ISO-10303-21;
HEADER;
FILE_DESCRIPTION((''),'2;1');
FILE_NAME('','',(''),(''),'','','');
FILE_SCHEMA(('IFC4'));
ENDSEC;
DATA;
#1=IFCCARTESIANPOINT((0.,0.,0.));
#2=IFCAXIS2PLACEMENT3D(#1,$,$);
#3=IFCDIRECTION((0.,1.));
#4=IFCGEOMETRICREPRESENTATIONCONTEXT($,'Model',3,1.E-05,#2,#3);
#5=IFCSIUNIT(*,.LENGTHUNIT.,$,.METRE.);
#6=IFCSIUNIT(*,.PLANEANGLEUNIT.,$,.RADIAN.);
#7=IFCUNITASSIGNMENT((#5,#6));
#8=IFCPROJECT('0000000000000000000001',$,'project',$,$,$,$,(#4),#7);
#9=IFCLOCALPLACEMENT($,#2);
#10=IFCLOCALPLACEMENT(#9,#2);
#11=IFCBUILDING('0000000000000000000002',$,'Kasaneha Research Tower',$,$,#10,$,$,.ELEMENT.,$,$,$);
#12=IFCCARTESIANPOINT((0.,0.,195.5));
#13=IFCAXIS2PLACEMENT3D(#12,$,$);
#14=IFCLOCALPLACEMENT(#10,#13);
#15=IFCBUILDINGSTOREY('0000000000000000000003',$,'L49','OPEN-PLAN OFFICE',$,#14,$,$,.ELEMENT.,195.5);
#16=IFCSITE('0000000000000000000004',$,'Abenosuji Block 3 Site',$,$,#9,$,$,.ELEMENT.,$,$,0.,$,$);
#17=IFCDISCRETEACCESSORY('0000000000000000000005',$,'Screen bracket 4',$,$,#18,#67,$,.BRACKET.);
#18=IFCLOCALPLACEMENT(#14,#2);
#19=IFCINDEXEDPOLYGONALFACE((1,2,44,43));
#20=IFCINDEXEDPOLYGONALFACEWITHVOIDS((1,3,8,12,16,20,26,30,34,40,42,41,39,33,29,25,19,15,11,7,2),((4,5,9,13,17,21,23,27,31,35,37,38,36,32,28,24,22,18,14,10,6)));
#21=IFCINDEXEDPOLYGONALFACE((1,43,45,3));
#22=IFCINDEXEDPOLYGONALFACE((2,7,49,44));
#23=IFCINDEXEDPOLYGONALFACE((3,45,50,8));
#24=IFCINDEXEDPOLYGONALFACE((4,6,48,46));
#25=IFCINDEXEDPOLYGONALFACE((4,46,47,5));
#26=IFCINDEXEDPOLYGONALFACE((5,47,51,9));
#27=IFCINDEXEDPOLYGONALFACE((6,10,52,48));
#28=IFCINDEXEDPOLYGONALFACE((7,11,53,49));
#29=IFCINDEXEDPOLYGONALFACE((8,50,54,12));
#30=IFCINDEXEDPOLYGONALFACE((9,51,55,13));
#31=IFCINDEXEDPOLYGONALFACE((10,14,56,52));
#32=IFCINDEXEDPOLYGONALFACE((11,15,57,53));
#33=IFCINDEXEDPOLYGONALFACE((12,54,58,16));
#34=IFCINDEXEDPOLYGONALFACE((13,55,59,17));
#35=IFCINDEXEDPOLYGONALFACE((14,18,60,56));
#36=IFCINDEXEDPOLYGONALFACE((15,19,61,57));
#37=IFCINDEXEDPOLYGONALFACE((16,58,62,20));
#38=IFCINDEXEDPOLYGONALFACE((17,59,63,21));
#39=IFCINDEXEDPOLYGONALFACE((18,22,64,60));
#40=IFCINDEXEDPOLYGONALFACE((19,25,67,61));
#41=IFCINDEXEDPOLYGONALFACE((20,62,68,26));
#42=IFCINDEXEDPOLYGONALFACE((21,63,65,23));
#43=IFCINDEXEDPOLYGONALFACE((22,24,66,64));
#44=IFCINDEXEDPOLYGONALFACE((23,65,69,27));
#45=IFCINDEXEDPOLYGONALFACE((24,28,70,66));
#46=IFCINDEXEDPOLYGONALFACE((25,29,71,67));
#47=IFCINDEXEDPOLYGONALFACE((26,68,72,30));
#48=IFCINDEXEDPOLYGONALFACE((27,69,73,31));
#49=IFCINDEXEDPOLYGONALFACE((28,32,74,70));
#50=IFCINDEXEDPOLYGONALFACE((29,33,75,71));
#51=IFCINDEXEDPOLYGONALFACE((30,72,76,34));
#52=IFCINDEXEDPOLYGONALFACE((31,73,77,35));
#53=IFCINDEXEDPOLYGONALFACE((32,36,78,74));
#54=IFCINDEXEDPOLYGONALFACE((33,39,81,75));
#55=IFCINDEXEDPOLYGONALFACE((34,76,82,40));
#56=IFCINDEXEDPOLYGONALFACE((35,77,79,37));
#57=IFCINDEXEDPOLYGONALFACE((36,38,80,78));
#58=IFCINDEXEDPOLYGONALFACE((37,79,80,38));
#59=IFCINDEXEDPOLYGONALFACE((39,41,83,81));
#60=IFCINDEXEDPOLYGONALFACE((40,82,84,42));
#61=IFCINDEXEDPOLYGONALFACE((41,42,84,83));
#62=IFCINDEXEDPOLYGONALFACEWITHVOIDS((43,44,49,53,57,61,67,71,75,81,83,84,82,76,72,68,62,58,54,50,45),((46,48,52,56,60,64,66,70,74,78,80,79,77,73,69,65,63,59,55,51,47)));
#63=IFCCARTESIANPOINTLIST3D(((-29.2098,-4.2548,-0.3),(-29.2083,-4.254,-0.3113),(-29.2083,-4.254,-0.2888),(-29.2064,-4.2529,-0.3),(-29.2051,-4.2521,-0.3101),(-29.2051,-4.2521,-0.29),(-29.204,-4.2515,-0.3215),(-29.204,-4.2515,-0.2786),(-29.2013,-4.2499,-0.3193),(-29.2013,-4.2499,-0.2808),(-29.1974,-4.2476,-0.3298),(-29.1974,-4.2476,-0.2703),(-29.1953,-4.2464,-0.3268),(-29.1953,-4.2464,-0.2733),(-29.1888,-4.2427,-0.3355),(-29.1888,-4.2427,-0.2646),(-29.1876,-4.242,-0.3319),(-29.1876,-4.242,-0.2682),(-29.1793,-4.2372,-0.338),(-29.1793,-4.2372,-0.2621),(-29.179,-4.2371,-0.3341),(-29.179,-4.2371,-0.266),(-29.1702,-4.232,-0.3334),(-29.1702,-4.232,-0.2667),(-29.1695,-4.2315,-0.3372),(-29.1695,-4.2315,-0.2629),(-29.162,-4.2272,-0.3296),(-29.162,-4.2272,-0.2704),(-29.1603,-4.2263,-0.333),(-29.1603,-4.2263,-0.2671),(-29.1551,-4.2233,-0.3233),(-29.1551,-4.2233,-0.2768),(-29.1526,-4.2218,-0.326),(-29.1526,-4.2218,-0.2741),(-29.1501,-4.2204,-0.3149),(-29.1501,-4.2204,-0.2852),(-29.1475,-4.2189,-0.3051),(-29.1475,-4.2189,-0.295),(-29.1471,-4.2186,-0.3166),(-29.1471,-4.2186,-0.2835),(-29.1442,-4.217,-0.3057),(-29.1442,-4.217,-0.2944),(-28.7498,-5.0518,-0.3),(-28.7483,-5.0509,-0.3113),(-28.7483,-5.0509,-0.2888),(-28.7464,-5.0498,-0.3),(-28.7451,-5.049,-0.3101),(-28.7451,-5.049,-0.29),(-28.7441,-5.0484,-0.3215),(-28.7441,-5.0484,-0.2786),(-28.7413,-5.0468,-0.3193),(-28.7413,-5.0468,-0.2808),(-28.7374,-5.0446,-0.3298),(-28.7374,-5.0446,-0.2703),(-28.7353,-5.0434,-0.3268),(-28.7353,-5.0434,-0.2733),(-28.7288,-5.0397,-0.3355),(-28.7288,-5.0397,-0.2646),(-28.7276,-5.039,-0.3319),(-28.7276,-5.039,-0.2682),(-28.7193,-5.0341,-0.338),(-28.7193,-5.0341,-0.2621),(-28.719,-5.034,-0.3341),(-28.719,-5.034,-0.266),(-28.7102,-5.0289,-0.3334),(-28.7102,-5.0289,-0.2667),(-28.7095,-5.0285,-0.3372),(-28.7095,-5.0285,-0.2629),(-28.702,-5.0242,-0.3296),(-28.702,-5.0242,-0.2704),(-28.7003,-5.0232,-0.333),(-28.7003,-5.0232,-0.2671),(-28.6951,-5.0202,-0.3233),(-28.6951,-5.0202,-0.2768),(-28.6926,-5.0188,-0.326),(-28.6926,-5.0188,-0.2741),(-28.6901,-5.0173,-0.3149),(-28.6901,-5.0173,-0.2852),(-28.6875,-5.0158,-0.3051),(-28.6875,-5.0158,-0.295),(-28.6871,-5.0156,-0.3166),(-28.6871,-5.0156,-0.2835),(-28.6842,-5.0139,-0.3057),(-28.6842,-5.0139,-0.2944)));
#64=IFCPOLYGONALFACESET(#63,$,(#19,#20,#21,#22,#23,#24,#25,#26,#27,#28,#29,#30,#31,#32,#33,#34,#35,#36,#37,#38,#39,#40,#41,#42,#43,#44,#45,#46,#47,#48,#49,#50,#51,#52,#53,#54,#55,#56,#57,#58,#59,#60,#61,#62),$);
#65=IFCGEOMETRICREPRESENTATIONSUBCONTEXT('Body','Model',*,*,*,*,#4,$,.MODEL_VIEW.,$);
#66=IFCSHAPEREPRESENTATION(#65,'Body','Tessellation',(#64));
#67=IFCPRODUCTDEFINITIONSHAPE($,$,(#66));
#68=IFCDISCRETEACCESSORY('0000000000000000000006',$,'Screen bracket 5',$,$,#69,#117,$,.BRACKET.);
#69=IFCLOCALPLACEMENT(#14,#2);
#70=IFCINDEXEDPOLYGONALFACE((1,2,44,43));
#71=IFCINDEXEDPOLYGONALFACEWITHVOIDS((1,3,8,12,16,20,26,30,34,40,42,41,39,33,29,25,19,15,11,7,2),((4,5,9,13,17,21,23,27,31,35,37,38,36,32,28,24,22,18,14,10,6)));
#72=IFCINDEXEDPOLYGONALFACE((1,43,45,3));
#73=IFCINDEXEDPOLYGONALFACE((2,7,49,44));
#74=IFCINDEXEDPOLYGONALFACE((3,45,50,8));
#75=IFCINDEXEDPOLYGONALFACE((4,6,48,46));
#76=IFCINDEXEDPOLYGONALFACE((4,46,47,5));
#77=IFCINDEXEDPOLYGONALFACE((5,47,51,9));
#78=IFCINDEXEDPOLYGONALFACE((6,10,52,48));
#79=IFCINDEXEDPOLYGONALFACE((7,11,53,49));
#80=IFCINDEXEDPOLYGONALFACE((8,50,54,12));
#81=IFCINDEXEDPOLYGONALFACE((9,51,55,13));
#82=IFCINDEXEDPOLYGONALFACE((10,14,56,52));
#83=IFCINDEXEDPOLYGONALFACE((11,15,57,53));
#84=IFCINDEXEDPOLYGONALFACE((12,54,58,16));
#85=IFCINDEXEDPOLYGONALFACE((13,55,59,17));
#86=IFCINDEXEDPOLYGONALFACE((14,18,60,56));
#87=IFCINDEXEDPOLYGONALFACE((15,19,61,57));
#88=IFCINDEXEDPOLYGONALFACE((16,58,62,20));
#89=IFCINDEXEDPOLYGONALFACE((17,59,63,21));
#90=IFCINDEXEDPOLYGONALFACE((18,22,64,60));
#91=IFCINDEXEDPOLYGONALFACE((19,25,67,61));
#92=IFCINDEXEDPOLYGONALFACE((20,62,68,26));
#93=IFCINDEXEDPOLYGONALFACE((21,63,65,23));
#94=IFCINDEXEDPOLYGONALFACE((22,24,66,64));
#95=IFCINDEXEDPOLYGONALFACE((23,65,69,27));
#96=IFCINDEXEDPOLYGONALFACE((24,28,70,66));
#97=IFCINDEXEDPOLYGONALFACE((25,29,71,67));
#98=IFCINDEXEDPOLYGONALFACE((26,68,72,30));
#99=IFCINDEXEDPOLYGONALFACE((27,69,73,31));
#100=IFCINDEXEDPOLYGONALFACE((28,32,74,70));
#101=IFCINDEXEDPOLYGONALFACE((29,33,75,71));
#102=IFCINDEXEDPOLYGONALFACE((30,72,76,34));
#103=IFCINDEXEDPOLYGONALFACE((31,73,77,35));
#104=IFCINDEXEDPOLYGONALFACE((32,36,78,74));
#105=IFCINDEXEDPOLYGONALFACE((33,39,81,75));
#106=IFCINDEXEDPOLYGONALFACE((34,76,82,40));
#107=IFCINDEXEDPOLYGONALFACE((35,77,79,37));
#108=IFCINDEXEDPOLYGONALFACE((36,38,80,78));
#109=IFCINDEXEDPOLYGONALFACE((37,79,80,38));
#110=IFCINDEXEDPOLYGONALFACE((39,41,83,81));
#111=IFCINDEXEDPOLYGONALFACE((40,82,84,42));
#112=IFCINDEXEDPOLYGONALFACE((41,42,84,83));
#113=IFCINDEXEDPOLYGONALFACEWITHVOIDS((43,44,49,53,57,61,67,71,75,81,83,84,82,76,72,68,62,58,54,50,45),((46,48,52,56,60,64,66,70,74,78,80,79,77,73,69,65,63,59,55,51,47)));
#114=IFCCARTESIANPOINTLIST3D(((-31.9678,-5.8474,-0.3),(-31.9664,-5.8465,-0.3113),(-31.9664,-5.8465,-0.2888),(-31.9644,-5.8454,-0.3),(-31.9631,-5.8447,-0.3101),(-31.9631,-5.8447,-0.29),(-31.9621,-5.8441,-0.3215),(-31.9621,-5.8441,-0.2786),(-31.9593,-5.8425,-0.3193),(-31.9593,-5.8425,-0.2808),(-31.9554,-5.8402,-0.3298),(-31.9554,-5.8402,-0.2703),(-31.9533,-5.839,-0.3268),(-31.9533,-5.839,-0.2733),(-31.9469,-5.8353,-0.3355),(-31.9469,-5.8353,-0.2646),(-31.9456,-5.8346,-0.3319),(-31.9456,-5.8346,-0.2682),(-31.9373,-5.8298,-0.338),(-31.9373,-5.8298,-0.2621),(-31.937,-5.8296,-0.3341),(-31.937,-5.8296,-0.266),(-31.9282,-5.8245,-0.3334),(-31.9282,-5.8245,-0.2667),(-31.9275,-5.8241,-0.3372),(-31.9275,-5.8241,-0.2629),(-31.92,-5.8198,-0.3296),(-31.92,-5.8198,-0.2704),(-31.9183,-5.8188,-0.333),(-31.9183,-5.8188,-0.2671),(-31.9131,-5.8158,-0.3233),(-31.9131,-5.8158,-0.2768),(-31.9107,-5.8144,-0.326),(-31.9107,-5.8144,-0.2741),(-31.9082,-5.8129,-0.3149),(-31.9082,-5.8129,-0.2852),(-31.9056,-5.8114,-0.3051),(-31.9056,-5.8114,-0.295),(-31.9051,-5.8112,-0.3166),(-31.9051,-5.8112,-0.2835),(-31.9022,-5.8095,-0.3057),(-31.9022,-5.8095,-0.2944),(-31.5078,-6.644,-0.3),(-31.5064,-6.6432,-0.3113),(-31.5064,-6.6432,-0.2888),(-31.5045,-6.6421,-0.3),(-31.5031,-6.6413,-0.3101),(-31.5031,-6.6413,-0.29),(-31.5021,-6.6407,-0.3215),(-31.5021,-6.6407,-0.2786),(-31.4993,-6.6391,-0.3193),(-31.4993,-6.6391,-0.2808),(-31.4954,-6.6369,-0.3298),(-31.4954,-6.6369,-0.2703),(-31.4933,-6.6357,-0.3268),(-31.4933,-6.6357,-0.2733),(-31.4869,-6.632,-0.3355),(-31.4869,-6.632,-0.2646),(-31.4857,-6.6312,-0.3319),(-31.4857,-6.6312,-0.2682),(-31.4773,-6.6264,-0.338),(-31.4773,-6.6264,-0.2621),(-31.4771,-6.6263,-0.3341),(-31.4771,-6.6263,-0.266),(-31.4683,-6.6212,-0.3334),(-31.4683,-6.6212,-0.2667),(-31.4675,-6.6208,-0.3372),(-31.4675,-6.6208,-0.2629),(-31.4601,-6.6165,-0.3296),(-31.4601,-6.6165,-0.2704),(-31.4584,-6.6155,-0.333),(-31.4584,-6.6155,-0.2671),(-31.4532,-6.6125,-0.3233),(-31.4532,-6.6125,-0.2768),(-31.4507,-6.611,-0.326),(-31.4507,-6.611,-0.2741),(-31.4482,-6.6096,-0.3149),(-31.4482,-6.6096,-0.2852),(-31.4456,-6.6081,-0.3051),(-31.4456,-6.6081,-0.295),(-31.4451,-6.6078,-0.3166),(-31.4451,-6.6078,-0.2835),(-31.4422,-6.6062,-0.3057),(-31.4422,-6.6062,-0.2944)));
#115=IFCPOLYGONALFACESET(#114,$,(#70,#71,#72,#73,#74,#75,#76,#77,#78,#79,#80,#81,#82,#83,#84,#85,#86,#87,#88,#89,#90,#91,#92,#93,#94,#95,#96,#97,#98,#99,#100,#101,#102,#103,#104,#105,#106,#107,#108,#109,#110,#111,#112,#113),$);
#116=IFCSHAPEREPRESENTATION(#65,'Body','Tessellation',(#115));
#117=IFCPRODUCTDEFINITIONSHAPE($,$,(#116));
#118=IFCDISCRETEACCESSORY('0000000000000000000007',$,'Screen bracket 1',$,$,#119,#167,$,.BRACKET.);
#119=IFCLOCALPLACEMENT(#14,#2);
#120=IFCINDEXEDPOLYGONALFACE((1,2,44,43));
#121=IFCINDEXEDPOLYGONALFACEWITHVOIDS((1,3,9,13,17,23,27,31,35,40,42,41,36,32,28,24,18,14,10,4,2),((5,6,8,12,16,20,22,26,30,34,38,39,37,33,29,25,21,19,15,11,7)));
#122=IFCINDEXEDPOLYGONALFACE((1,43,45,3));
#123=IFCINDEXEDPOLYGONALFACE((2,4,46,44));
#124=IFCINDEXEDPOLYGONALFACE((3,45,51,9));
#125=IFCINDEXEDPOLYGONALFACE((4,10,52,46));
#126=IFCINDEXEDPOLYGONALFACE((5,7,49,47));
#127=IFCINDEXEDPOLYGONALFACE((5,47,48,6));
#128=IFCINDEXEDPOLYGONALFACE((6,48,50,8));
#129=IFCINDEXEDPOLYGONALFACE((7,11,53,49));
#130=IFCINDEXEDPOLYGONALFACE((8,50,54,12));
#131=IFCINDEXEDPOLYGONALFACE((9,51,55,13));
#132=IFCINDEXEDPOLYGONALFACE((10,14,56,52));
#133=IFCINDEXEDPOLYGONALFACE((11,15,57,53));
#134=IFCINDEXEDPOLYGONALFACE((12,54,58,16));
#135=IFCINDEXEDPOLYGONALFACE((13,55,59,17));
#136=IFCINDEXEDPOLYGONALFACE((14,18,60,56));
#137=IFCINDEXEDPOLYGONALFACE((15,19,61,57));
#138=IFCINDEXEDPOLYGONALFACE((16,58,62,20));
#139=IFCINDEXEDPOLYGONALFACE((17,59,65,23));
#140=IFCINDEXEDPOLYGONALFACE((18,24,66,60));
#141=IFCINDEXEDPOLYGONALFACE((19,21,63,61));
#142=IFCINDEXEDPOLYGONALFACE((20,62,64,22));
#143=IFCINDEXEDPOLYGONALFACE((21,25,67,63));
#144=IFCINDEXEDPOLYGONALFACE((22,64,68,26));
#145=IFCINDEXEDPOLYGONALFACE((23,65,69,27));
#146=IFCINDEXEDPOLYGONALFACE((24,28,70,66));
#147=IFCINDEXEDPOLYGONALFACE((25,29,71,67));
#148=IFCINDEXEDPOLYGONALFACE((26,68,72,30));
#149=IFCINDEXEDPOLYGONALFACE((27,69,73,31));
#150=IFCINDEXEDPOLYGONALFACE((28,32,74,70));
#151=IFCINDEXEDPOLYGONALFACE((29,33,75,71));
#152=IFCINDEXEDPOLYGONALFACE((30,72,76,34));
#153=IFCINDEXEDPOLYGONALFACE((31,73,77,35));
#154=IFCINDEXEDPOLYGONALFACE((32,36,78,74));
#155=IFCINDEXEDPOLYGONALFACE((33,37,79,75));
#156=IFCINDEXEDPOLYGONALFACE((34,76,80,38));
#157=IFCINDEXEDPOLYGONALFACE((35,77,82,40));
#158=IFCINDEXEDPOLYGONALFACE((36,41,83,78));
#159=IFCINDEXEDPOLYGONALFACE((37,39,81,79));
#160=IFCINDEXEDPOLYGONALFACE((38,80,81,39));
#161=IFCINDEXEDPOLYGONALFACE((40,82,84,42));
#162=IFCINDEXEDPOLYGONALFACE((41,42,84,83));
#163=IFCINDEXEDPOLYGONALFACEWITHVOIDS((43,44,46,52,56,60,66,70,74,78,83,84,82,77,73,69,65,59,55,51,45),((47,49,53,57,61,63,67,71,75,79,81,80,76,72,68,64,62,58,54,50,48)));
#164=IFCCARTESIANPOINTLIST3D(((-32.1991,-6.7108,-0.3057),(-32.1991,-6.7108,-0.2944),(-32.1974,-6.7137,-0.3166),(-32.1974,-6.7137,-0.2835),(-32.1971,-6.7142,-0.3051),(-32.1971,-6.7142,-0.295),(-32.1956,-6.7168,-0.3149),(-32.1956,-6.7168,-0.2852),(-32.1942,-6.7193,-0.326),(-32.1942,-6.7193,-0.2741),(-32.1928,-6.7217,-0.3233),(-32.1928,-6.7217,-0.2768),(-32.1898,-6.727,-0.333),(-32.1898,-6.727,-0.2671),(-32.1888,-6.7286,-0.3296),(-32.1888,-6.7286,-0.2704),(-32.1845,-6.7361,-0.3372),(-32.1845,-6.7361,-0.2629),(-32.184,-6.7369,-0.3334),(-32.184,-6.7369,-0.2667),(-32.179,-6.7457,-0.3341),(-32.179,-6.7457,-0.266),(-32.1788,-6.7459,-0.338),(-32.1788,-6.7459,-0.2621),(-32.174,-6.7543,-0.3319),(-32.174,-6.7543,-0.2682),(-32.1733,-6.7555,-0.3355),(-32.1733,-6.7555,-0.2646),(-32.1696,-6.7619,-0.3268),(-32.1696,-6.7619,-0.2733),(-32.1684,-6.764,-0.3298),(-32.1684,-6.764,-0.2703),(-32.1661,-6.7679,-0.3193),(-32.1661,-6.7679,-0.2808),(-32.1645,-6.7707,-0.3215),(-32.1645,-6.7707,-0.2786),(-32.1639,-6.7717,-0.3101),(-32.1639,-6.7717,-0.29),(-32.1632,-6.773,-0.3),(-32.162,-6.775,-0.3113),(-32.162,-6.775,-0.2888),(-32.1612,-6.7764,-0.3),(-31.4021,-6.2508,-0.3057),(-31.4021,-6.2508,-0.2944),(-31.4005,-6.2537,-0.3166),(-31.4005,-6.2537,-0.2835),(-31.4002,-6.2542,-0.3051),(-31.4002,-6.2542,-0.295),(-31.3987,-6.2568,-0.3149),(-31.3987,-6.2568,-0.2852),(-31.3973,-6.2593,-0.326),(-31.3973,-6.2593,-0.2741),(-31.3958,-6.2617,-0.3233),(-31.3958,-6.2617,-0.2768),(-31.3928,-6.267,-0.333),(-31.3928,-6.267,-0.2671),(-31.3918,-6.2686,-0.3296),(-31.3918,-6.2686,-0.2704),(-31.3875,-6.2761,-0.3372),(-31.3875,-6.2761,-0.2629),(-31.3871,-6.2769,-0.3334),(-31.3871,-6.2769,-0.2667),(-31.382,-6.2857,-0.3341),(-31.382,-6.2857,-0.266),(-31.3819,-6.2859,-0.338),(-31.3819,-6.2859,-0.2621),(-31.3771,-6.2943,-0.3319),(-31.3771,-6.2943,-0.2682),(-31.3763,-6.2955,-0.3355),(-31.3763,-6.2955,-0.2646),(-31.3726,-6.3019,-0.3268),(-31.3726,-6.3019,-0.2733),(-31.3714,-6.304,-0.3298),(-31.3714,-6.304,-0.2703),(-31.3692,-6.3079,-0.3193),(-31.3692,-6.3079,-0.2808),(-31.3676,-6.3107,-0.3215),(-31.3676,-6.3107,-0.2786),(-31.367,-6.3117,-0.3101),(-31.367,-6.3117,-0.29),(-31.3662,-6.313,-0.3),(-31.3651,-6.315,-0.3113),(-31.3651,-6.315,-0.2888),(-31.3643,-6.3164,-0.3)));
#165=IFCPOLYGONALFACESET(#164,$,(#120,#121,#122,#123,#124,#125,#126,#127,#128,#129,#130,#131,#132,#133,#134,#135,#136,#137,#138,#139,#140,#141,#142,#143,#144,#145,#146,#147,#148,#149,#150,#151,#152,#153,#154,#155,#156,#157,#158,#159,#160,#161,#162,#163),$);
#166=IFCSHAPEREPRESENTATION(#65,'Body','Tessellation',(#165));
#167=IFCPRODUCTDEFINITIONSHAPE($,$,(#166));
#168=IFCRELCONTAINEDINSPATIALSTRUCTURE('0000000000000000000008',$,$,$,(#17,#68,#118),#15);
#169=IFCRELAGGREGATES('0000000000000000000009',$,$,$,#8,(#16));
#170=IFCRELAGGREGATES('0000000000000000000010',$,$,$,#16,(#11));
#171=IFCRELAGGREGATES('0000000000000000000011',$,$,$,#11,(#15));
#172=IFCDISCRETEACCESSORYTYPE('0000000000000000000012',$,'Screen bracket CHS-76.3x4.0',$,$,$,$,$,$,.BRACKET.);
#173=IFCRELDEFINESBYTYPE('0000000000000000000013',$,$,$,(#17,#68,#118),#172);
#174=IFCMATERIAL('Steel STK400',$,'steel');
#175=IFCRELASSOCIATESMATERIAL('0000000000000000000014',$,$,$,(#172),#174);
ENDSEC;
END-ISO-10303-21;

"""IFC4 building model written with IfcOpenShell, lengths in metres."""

from ifc_helpers import new_model, si_unit, direction, frame, origin, origin_2d, place, context, subcontext, project, spatial, hollow_circle, extrude, material, material_profile, profile_set, type_object, element, save


model = new_model("IFC4")

# Units and contexts
model_context = context("Model", 3, precision=1e-05, world=origin(), true_north=direction((0.0, 1.0)))
body_context = subcontext(model_context, "Body", "Model", "MODEL_VIEW")
ifc_project = project(units=[si_unit("LENGTHUNIT", "METRE"), si_unit("PLANEANGLEUNIT", "RADIAN")], contexts=[model_context])

# Site, building, storey
site_placement = place(None, origin())
site = spatial("IfcSite", under=ifc_project, at=site_placement, Name="Abenosuji Block 3 Site", CompositionType="ELEMENT", RefElevation=0.0)
building_placement = place(site_placement, origin())
building = spatial("IfcBuilding", under=site, at=building_placement, Name="Kasaneha Research Tower", CompositionType="ELEMENT")
storey_placement = place(building_placement, frame((0.0, 0.0, 195.5)))
storey = spatial("IfcBuildingStorey", under=building, at=storey_placement, Name="L49", Description="OPEN-PLAN OFFICE", CompositionType="ELEMENT", Elevation=195.5)

# Discrete accessories
ifc_material_1 = material(Name="Steel STK400", Category="steel")
ifc_material_profile_1 = material_profile(ifc_material_1, hollow_circle(Radius=0.0381, WallThickness=0.0039, at=origin_2d()), Name="CHS-76.3x4.0")
ifc_profile_set_1 = profile_set([ifc_material_profile_1], Name="Steel STK400")
discrete_accessory_type = type_object("IfcDiscreteAccessoryType", Name="Screen bracket CHS-76.3x4.0", PredefinedType="BRACKET", material=ifc_profile_set_1)
discrete_accessory_1_placement = place(storey_placement, frame((-28.7168, -5.0327, -0.3), z_axis=(-0.499906, 0.86608, 0.0), x_axis=(-0.86608, -0.499906, 0.0)))
element("IfcDiscreteAccessory", 1, at=discrete_accessory_1_placement, inside=storey, type_object=discrete_accessory_type, Name="Screen bracket 4", PredefinedType="BRACKET", context=body_context, shape_type="SweptSolid", body=[
    extrude(hollow_circle(Radius=0.0381, WallThickness=0.0039, at=origin_2d()), origin(), (0.0, 0.0, 1.0), 0.9202),
])
discrete_accessory_2_placement = place(storey_placement, frame((-31.4749, -6.625, -0.3), z_axis=(-0.500021, 0.866013, 0.0), x_axis=(-0.866013, -0.500021, 0.0)))
element("IfcDiscreteAccessory", 2, at=discrete_accessory_2_placement, inside=storey, type_object=discrete_accessory_type, Name="Screen bracket 5", PredefinedType="BRACKET", context=body_context, shape_type="SweptSolid", body=[
    extrude(hollow_circle(Radius=0.0381, WallThickness=0.0039, at=origin_2d()), origin(), (0.0, 0.0, 1.0), 0.9199),
])
discrete_accessory_3_placement = place(storey_placement, frame((-31.3833, -6.2834, -0.3), z_axis=(-0.86608, -0.499906, 0.0), x_axis=(0.499906, -0.86608, 0.0)))
element("IfcDiscreteAccessory", 3, at=discrete_accessory_3_placement, inside=storey, type_object=discrete_accessory_type, Name="Screen bracket 1", PredefinedType="BRACKET", context=body_context, shape_type="SweptSolid", body=[
    extrude(hollow_circle(Radius=0.0381, WallThickness=0.0039, at=origin_2d()), origin(), (0.0, 0.0, 1.0), 0.9202),
])

save(model, "model.ifc")
